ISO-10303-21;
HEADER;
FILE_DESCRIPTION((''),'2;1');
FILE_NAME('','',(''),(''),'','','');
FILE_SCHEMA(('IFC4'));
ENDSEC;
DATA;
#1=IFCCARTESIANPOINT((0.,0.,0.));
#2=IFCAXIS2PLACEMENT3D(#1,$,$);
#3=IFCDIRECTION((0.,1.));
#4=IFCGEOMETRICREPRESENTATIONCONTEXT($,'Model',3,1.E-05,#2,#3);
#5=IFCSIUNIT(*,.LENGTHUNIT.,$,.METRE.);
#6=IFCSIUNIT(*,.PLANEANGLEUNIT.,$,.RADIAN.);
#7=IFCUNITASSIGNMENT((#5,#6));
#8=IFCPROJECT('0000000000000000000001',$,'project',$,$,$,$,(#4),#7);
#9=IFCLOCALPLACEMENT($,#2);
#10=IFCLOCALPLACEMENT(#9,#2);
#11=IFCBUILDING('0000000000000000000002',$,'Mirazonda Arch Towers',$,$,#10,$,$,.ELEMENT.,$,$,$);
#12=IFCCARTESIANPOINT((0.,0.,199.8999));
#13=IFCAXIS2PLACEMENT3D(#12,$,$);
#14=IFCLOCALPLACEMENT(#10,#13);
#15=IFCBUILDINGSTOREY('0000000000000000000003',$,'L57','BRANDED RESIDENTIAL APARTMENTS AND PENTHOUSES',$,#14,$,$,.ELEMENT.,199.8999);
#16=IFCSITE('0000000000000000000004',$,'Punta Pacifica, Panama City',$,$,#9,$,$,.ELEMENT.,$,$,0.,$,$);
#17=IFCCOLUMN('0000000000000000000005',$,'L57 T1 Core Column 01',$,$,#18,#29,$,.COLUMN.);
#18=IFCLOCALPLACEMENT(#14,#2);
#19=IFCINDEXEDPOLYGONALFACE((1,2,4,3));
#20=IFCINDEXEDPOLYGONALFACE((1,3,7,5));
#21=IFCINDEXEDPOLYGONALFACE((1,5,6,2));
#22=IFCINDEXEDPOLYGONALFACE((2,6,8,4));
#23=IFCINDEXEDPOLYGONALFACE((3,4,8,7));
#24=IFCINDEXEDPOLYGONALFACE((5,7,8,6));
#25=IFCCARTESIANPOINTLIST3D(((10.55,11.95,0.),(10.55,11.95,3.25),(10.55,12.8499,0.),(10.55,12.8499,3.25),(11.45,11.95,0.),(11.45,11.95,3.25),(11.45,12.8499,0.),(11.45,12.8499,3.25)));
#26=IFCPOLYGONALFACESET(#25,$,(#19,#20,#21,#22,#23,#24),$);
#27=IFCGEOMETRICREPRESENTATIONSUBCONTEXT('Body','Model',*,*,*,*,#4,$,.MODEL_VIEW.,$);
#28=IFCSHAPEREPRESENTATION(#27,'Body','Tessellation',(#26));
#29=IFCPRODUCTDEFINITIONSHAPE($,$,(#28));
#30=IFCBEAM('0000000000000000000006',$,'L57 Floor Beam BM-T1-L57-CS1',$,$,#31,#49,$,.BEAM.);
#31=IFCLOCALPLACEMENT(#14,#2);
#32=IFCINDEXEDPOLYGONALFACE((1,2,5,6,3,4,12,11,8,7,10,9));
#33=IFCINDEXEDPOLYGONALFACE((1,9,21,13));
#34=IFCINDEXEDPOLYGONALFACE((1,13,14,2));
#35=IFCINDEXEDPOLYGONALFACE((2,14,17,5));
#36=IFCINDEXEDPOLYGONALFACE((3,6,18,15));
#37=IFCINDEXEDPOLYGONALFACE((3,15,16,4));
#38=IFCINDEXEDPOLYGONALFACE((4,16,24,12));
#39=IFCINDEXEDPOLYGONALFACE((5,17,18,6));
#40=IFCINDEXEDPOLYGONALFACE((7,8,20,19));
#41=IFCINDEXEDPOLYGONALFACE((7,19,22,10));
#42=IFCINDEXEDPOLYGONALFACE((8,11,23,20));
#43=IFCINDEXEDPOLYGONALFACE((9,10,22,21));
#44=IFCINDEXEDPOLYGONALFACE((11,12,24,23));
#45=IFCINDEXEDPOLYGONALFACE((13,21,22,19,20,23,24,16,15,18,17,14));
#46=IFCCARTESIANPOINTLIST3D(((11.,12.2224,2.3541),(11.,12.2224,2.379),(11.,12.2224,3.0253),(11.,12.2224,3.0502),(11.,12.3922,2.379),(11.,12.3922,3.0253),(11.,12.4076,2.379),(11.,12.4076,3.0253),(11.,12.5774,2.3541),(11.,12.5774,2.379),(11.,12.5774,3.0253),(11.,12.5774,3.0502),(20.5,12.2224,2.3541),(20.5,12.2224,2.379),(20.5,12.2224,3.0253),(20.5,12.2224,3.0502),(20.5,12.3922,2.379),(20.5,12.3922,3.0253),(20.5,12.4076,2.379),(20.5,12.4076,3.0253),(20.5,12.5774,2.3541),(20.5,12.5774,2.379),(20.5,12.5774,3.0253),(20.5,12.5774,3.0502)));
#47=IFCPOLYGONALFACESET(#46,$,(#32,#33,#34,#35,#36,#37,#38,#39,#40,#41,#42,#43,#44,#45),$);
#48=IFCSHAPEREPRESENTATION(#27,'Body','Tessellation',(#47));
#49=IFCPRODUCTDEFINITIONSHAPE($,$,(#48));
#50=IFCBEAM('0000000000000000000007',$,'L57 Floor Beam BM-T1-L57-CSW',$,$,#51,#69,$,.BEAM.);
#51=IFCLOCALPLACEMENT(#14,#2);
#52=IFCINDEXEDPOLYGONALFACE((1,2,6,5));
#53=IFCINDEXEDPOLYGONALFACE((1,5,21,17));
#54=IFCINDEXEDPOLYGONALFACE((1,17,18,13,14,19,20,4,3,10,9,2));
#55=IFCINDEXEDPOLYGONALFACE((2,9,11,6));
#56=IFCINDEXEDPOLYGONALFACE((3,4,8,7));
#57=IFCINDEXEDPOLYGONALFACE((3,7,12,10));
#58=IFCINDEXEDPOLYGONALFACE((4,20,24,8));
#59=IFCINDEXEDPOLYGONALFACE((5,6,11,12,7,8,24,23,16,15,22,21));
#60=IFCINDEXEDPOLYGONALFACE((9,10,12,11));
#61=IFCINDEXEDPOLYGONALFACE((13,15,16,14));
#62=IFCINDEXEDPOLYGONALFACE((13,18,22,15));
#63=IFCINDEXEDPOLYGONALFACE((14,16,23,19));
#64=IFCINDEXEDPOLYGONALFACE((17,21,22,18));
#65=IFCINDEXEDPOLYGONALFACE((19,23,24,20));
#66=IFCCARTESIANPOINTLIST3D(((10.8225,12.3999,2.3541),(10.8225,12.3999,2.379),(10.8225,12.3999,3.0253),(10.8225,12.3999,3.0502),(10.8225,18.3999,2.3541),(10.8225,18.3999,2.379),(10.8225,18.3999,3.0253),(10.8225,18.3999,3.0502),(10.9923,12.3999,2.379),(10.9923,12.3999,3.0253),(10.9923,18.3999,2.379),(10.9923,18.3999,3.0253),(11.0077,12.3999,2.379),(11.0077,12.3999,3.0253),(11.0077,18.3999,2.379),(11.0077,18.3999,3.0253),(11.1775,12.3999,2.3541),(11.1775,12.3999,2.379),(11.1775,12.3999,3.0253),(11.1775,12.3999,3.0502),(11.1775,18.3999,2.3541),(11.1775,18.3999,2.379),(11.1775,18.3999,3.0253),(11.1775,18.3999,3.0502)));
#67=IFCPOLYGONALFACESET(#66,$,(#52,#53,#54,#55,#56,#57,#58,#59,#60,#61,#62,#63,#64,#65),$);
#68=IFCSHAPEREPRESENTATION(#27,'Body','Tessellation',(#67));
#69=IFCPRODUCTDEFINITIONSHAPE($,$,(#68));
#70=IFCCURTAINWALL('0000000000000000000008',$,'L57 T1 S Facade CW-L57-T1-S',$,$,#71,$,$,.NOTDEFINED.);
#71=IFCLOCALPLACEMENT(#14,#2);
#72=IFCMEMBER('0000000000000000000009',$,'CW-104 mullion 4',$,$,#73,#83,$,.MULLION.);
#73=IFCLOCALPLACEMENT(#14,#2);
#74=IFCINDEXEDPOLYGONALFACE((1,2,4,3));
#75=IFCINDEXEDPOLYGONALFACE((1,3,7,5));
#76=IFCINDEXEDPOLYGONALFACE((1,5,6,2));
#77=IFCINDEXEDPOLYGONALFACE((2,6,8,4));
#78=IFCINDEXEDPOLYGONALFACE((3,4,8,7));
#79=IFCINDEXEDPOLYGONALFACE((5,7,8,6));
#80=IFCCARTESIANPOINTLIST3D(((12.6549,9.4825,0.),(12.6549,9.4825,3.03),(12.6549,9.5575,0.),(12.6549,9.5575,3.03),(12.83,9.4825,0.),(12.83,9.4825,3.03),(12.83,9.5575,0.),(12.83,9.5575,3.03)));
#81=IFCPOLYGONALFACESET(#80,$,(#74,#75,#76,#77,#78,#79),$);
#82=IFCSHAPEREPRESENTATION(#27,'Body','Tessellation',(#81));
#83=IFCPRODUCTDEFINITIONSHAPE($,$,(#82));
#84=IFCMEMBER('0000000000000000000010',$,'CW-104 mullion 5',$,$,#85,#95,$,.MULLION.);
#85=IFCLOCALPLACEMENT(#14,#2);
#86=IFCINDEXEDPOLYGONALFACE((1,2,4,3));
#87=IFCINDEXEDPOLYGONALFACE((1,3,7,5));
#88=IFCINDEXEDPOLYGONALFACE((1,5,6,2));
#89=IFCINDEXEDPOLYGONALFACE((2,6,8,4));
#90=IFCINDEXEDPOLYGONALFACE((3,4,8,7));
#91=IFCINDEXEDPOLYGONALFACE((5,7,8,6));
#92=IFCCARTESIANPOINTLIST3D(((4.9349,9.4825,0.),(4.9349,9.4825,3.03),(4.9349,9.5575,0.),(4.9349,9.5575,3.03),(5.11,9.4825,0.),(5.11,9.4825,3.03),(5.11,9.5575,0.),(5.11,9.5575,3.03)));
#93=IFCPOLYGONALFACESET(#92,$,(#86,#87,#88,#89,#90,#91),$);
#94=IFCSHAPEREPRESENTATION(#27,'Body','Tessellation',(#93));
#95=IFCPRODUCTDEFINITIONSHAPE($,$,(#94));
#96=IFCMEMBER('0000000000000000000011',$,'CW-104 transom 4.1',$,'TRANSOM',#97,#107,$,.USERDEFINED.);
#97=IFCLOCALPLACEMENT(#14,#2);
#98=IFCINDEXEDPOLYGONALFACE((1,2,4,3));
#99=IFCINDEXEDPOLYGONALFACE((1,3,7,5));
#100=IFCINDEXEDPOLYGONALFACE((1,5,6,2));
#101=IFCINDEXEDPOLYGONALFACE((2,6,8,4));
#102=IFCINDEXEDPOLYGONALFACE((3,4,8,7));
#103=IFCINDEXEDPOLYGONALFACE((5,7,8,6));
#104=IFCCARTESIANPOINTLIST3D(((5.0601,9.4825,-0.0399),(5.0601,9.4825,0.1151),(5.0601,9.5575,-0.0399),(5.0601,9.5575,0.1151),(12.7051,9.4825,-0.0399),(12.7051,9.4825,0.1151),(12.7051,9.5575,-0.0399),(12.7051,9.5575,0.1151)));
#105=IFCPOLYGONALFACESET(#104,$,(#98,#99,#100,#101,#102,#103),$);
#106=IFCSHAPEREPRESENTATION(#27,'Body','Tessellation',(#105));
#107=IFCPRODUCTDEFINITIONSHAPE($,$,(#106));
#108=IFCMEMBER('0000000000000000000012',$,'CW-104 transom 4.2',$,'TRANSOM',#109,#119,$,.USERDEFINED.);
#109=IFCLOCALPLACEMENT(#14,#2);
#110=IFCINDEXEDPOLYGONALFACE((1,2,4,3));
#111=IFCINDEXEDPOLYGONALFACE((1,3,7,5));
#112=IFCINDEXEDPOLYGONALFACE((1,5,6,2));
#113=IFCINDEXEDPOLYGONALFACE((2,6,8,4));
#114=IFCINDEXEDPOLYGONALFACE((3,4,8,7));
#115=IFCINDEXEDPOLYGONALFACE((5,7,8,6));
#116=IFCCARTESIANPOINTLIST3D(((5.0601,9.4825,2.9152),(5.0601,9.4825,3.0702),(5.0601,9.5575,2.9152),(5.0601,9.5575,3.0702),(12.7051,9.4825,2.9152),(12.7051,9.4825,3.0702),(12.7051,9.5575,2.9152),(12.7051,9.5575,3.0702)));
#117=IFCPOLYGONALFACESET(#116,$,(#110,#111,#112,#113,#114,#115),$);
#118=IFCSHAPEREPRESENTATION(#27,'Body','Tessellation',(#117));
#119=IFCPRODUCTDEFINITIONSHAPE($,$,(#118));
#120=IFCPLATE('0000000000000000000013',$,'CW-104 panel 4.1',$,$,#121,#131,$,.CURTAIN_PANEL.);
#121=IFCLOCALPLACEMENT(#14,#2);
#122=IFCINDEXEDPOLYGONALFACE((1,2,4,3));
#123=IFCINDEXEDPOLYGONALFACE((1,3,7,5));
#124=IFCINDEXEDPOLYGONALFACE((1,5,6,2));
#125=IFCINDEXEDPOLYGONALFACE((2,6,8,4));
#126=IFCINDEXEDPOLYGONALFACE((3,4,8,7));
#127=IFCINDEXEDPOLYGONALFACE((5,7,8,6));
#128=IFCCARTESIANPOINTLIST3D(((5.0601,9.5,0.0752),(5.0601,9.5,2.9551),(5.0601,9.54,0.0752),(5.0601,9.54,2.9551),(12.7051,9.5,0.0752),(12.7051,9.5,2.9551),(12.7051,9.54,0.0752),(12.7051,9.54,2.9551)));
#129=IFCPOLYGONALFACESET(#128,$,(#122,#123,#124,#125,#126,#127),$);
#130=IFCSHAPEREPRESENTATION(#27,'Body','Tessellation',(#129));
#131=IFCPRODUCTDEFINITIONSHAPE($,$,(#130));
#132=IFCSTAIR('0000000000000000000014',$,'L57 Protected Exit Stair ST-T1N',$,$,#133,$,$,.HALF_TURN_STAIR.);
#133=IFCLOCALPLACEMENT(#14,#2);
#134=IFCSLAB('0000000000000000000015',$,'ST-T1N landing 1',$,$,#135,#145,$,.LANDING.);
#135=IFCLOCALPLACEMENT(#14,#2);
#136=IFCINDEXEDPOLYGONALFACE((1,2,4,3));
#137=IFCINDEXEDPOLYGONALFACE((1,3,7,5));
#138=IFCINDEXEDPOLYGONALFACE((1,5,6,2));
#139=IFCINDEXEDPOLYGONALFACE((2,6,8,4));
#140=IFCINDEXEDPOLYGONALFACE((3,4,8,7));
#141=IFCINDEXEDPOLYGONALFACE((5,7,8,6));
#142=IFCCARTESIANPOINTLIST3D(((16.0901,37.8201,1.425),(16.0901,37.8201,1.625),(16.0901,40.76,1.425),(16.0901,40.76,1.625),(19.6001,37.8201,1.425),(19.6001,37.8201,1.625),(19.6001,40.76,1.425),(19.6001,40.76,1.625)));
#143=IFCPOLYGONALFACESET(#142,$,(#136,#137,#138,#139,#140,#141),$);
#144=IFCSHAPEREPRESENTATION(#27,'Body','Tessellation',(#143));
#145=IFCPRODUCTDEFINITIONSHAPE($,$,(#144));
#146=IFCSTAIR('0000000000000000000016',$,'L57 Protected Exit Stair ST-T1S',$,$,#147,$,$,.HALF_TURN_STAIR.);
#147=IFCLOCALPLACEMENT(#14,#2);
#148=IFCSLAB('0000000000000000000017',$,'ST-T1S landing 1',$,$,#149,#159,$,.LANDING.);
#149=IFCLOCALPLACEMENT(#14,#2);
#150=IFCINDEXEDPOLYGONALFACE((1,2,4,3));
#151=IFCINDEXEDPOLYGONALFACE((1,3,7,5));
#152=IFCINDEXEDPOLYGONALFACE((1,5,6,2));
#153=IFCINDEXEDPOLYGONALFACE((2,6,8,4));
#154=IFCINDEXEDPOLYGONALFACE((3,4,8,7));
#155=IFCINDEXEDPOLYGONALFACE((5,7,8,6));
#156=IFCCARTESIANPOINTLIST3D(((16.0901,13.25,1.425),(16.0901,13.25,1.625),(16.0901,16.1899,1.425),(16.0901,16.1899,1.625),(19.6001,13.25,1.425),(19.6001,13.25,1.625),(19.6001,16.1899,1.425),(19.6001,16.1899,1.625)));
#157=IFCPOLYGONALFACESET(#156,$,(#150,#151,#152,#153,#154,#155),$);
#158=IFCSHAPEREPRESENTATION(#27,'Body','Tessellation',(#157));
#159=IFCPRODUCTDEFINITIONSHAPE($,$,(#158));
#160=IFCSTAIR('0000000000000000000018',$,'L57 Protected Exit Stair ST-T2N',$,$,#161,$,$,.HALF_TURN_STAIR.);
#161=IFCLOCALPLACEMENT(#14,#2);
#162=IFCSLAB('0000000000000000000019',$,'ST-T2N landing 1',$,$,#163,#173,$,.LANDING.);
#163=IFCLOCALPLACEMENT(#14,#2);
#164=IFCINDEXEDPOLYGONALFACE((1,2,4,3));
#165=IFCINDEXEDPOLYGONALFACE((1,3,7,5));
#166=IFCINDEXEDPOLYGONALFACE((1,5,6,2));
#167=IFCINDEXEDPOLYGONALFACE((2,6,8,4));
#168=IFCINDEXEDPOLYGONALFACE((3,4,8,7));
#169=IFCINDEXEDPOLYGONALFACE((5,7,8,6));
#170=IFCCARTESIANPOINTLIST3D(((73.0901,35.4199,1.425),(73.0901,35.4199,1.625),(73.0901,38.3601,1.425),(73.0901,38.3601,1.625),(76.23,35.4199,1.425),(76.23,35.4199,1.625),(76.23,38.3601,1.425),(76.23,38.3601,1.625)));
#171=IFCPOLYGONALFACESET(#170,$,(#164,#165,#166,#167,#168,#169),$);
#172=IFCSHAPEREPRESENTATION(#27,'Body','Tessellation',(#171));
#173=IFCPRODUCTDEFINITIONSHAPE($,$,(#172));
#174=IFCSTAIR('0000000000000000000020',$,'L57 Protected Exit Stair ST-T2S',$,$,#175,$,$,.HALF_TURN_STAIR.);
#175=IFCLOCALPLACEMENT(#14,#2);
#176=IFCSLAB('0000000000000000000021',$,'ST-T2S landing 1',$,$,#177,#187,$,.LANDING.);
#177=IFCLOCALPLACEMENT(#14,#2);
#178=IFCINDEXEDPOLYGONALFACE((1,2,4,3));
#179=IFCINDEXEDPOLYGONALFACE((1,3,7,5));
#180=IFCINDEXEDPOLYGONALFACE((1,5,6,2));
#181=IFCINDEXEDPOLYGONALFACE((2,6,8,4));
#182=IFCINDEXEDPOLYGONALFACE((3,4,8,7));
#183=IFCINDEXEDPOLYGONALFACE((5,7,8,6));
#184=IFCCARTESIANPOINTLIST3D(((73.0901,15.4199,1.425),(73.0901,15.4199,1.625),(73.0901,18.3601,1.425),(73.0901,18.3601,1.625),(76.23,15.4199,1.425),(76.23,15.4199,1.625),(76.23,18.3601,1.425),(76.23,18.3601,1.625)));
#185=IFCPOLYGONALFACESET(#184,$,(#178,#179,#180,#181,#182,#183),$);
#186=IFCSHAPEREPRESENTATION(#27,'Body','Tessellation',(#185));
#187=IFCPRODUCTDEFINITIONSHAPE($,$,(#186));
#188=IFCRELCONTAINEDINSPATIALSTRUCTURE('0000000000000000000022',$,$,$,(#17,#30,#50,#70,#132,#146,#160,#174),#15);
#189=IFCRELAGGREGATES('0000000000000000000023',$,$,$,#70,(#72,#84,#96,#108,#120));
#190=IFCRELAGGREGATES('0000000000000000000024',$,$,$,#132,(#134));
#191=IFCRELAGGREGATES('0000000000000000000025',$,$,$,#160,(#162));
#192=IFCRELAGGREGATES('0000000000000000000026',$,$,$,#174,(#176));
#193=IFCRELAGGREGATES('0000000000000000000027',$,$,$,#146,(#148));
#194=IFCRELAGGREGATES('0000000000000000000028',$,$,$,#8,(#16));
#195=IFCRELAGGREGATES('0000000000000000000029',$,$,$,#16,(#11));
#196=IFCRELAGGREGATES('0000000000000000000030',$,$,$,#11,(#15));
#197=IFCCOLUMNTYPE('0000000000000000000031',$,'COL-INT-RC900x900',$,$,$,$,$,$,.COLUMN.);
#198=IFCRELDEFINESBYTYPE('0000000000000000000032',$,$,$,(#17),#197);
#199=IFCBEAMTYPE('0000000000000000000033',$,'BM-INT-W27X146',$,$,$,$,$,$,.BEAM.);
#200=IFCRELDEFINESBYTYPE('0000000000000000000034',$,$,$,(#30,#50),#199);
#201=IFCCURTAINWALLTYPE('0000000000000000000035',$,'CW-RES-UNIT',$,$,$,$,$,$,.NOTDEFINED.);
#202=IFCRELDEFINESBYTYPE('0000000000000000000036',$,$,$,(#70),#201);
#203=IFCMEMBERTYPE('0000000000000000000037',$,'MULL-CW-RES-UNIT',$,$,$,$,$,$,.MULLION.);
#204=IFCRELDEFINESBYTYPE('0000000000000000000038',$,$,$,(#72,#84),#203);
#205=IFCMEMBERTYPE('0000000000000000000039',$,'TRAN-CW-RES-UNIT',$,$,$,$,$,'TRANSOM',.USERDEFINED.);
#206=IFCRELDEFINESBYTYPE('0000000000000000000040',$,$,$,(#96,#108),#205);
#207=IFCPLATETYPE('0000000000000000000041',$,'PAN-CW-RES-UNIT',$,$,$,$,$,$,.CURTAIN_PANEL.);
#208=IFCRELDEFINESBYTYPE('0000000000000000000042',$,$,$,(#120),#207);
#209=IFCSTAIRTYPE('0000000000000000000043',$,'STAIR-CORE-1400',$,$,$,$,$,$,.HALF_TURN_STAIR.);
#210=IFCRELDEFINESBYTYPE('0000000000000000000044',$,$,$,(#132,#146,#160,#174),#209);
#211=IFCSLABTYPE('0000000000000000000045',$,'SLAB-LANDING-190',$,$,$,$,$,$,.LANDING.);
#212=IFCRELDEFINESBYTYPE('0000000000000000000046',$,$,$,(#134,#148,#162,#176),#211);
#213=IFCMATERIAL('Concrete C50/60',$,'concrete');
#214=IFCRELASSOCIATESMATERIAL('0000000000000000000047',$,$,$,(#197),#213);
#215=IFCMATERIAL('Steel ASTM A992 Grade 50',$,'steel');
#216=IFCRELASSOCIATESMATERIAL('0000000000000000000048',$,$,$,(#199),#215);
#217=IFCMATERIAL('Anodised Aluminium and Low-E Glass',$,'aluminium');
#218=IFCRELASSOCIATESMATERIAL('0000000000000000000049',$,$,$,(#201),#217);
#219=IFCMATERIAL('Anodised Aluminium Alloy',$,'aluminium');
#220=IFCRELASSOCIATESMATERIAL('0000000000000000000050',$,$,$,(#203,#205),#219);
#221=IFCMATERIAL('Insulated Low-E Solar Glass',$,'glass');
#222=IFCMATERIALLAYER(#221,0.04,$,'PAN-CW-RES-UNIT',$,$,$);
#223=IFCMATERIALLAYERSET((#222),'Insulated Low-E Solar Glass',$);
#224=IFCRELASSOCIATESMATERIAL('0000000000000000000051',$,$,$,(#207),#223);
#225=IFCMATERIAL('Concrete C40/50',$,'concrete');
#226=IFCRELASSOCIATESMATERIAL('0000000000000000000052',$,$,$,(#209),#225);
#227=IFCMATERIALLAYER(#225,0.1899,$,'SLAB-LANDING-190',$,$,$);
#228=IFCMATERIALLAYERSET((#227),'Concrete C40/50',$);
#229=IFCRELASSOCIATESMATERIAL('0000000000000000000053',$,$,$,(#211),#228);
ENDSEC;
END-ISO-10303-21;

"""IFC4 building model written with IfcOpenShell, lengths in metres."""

from ifc_helpers import new_model, si_unit, direction, frame, origin, origin_2d, place, context, subcontext, project, spatial, polyline, rectangle, i_section, outline, extrude, material, layer, layer_set, material_profile, profile_set, type_object, element, aggregate, save


model = new_model("IFC4")

# Units and contexts
model_context = context("Model", 3, precision=1e-05, world=origin(), true_north=direction((0.0, 1.0)))
body_context = subcontext(model_context, "Body", "Model", "MODEL_VIEW")
ifc_project = project(units=[si_unit("LENGTHUNIT", "METRE"), si_unit("PLANEANGLEUNIT", "RADIAN")], contexts=[model_context])

# Site, building, storey
site_placement = place(None, origin())
site = spatial("IfcSite", under=ifc_project, at=site_placement, Name="Punta Pacifica, Panama City", CompositionType="ELEMENT", RefElevation=0.0)
building_placement = place(site_placement, origin())
building = spatial("IfcBuilding", under=site, at=building_placement, Name="Mirazonda Arch Towers", CompositionType="ELEMENT")
storey_placement = place(building_placement, frame((0.0, 0.0, 199.8999)))
storey = spatial("IfcBuildingStorey", under=building, at=storey_placement, Name="L57", Description="BRANDED RESIDENTIAL APARTMENTS AND PENTHOUSES", CompositionType="ELEMENT", Elevation=199.8999)

# Column
ifc_material_1 = material(Name="Concrete C50/60", Category="concrete")
ifc_material_profile_1 = material_profile(ifc_material_1, rectangle(XDim=0.8999, YDim=0.8999, at=origin_2d()), Name="RC900x900")
ifc_profile_set_1 = profile_set([ifc_material_profile_1], Name="Concrete C50/60")
column_type = type_object("IfcColumnType", Name="COL-INT-RC900x900", PredefinedType="COLUMN", material=ifc_profile_set_1)
column_placement = place(storey_placement, frame((11.0, 12.3999, 0.0), z_axis=(0.0, 0.0, 1.0), x_axis=(1.0, 0.0, 0.0)))
element("IfcColumn", 1, at=column_placement, inside=storey, type_object=column_type, Name="L57 T1 Core Column 01", PredefinedType="COLUMN", context=body_context, shape_type="SweptSolid", body=[
    extrude(rectangle(XDim=0.8999, YDim=0.8999, at=origin_2d()), origin(), (0.0, 0.0, 1.0), 3.25),
])

# Beams
ifc_material_2 = material(Name="Steel ASTM A992 Grade 50", Category="steel")
ifc_material_profile_2 = material_profile(ifc_material_2, i_section(OverallWidth=0.355, OverallDepth=0.696, WebThickness=0.0154, FlangeThickness=0.0249, at=origin_2d()), Name="W27X146")
ifc_profile_set_2 = profile_set([ifc_material_profile_2], Name="Steel ASTM A992 Grade 50")
beam_type = type_object("IfcBeamType", Name="BM-INT-W27X146", PredefinedType="BEAM", material=ifc_profile_set_2)
beam_1_placement = place(storey_placement, frame((11.0, 12.3999, 2.7021), z_axis=(1.0, 0.0, 0.0), x_axis=(0.0, 1.0, 0.0)))
element("IfcBeam", 2, at=beam_1_placement, inside=storey, type_object=beam_type, Name="L57 Floor Beam BM-T1-L57-CS1", PredefinedType="BEAM", context=body_context, shape_type="SweptSolid", body=[
    extrude(i_section(OverallWidth=0.355, OverallDepth=0.696, WebThickness=0.0154, FlangeThickness=0.0249, at=origin_2d()), origin(), (0.0, 0.0, 1.0), 9.5),
])
beam_2_placement = place(storey_placement, frame((11.0, 12.3999, 2.7021), z_axis=(0.0, 1.0, 0.0), x_axis=(-1.0, 0.0, 0.0)))
element("IfcBeam", 3, at=beam_2_placement, inside=storey, type_object=beam_type, Name="L57 Floor Beam BM-T1-L57-CSW", PredefinedType="BEAM", context=body_context, shape_type="SweptSolid", body=[
    extrude(i_section(OverallWidth=0.355, OverallDepth=0.696, WebThickness=0.0154, FlangeThickness=0.0249, at=origin_2d()), origin(), (0.0, 0.0, 1.0), 6.0),
])

# Curtain wall, members, plate
ifc_material_3 = material(Name="Anodised Aluminium and Low-E Glass", Category="aluminium")
curtain_wall_type = type_object("IfcCurtainWallType", Name="CW-RES-UNIT", PredefinedType="NOTDEFINED", material=ifc_material_3)
curtain_wall_placement = place(storey_placement, origin())
curtain_wall = element("IfcCurtainWall", 4, at=curtain_wall_placement, inside=storey, type_object=curtain_wall_type, Name="L57 T1 S Facade CW-L57-T1-S", PredefinedType="NOTDEFINED")
ifc_material_4 = material(Name="Anodised Aluminium Alloy", Category="aluminium")
ifc_material_profile_3 = material_profile(ifc_material_4, rectangle(XDim=0.075, YDim=0.175, at=origin_2d()), Name="ALU-MULL-75x175")
ifc_profile_set_3 = profile_set([ifc_material_profile_3], Name="Anodised Aluminium Alloy")
member_type_1 = type_object("IfcMemberType", Name="MULL-CW-RES-UNIT", PredefinedType="MULLION", material=ifc_profile_set_3)
member_1_placement = place(storey_placement, frame((12.7424, 9.52, 0.0), z_axis=(0.0, 0.0, 1.0), x_axis=(0.0, -1.0, 0.0)))
member_1 = element("IfcMember", 5, at=member_1_placement, type_object=member_type_1, Name="CW-104 mullion 4", PredefinedType="MULLION", context=body_context, shape_type="SweptSolid", body=[
    extrude(rectangle(XDim=0.075, YDim=0.175, at=origin_2d()), origin(), (0.0, 0.0, 1.0), 3.03),
])
member_2_placement = place(storey_placement, frame((5.0225, 9.52, 0.0), z_axis=(0.0, 0.0, 1.0), x_axis=(0.0, -1.0, 0.0)))
member_2 = element("IfcMember", 6, at=member_2_placement, type_object=member_type_1, Name="CW-104 mullion 5", PredefinedType="MULLION", context=body_context, shape_type="SweptSolid", body=[
    extrude(rectangle(XDim=0.075, YDim=0.175, at=origin_2d()), origin(), (0.0, 0.0, 1.0), 3.03),
])
ifc_material_profile_4 = material_profile(ifc_material_4, rectangle(XDim=0.075, YDim=0.155, at=origin_2d()), Name="ALU-TRAN-75x155")
ifc_profile_set_4 = profile_set([ifc_material_profile_4], Name="Anodised Aluminium Alloy")
member_type_2 = type_object("IfcMemberType", Name="TRAN-CW-RES-UNIT", ElementType="TRANSOM", PredefinedType="USERDEFINED", material=ifc_profile_set_4)
member_3_placement = place(storey_placement, frame((12.7051, 9.52, 0.0376), z_axis=(-1.0, 0.0, 0.0), x_axis=(0.0, -1.0, 0.0)))
member_3 = element("IfcMember", 7, at=member_3_placement, type_object=member_type_2, Name="CW-104 transom 4.1", ObjectType="TRANSOM", PredefinedType="USERDEFINED", context=body_context, shape_type="SweptSolid", body=[
    extrude(rectangle(XDim=0.075, YDim=0.155, at=origin_2d()), origin(), (0.0, 0.0, 1.0), 7.645),
])
member_4_placement = place(storey_placement, frame((12.7051, 9.52, 2.9927), z_axis=(-1.0, 0.0, 0.0), x_axis=(0.0, -1.0, 0.0)))
member_4 = element("IfcMember", 8, at=member_4_placement, type_object=member_type_2, Name="CW-104 transom 4.2", ObjectType="TRANSOM", PredefinedType="USERDEFINED", context=body_context, shape_type="SweptSolid", body=[
    extrude(rectangle(XDim=0.075, YDim=0.155, at=origin_2d()), origin(), (0.0, 0.0, 1.0), 7.645),
])
ifc_material_5 = material(Name="Insulated Low-E Solar Glass", Category="glass")
ifc_layer_1 = layer(ifc_material_5, 0.04, Name="PAN-CW-RES-UNIT")
ifc_layer_set_1 = layer_set([ifc_layer_1], Name="Insulated Low-E Solar Glass")
plate_type = type_object("IfcPlateType", Name="PAN-CW-RES-UNIT", PredefinedType="CURTAIN_PANEL", material=ifc_layer_set_1)
plate_placement = place(storey_placement, frame((8.8826, 9.52, 0.0752), z_axis=(0.0, 0.0, 1.0), x_axis=(-1.0, 0.0, 0.0)))
plate = element("IfcPlate", 9, at=plate_placement, type_object=plate_type, Name="CW-104 panel 4.1", PredefinedType="CURTAIN_PANEL", context=body_context, shape_type="SweptSolid", body=[
    extrude(rectangle(XDim=7.645, YDim=0.04, at=origin_2d()), origin(), (0.0, 0.0, 1.0), 2.8799),
])
aggregate(curtain_wall, [member_1, member_2, member_3, member_4, plate])

# Stairs, slabs
ifc_material_6 = material(Name="Concrete C40/50", Category="concrete")
stair_type = type_object("IfcStairType", Name="STAIR-CORE-1400", PredefinedType="HALF_TURN_STAIR", material=ifc_material_6)
stair_1_placement = place(storey_placement, origin())
stair_1 = element("IfcStair", 10, at=stair_1_placement, inside=storey, type_object=stair_type, Name="L57 Protected Exit Stair ST-T1N", PredefinedType="HALF_TURN_STAIR")
ifc_layer_2 = layer(ifc_material_6, 0.1899, Name="SLAB-LANDING-190")
ifc_layer_set_2 = layer_set([ifc_layer_2], Name="Concrete C40/50")
slab_type_1 = type_object("IfcSlabType", Name="SLAB-LANDING-190", PredefinedType="LANDING", material=ifc_layer_set_2)
slab_1_placement = place(storey_placement, frame((0.0, 0.0, 1.425)))
slab_1 = element("IfcSlab", 11, at=slab_1_placement, type_object=slab_type_1, Name="ST-T1N landing 1", PredefinedType="LANDING", context=body_context, shape_type="SweptSolid", body=[
    extrude(outline(polyline([(16.0901, 37.8201), (19.6001, 37.8201), (19.6001, 40.76), (16.0901, 40.76), (16.0901, 37.8201)])), origin(), (0.0, 0.0, 1.0), 0.2),
])
aggregate(stair_1, [slab_1])
stair_2_placement = place(storey_placement, origin())
stair_2 = element("IfcStair", 12, at=stair_2_placement, inside=storey, type_object=stair_type, Name="L57 Protected Exit Stair ST-T1S", PredefinedType="HALF_TURN_STAIR")
slab_2_placement = place(storey_placement, frame((0.0, 0.0, 1.425)))
slab_2 = element("IfcSlab", 13, at=slab_2_placement, type_object=slab_type_1, Name="ST-T1S landing 1", PredefinedType="LANDING", context=body_context, shape_type="SweptSolid", body=[
    extrude(outline(polyline([(16.0901, 13.25), (19.6001, 13.25), (19.6001, 16.1899), (16.0901, 16.1899), (16.0901, 13.25)])), origin(), (0.0, 0.0, 1.0), 0.2),
])
stair_3_placement = place(storey_placement, origin())
stair_3 = element("IfcStair", 14, at=stair_3_placement, inside=storey, type_object=stair_type, Name="L57 Protected Exit Stair ST-T2N", PredefinedType="HALF_TURN_STAIR")
slab_3_placement = place(storey_placement, frame((0.0, 0.0, 1.425)))
slab_3 = element("IfcSlab", 15, at=slab_3_placement, type_object=slab_type_1, Name="ST-T2N landing 1", PredefinedType="LANDING", context=body_context, shape_type="SweptSolid", body=[
    extrude(outline(polyline([(73.0901, 35.4199), (76.23, 35.4199), (76.23, 38.3601), (73.0901, 38.3601), (73.0901, 35.4199)])), origin(), (0.0, 0.0, 1.0), 0.2),
])
aggregate(stair_3, [slab_3])
stair_4_placement = place(storey_placement, origin())
stair_4 = element("IfcStair", 16, at=stair_4_placement, inside=storey, type_object=stair_type, Name="L57 Protected Exit Stair ST-T2S", PredefinedType="HALF_TURN_STAIR")
slab_4_placement = place(storey_placement, frame((0.0, 0.0, 1.425)))
slab_4 = element("IfcSlab", 17, at=slab_4_placement, type_object=slab_type_1, Name="ST-T2S landing 1", PredefinedType="LANDING", context=body_context, shape_type="SweptSolid", body=[
    extrude(outline(polyline([(73.0901, 15.4199), (76.23, 15.4199), (76.23, 18.3601), (73.0901, 18.3601), (73.0901, 15.4199)])), origin(), (0.0, 0.0, 1.0), 0.2),
])
aggregate(stair_4, [slab_4])

aggregate(stair_2, [slab_2])

save(model, "model.ifc")
